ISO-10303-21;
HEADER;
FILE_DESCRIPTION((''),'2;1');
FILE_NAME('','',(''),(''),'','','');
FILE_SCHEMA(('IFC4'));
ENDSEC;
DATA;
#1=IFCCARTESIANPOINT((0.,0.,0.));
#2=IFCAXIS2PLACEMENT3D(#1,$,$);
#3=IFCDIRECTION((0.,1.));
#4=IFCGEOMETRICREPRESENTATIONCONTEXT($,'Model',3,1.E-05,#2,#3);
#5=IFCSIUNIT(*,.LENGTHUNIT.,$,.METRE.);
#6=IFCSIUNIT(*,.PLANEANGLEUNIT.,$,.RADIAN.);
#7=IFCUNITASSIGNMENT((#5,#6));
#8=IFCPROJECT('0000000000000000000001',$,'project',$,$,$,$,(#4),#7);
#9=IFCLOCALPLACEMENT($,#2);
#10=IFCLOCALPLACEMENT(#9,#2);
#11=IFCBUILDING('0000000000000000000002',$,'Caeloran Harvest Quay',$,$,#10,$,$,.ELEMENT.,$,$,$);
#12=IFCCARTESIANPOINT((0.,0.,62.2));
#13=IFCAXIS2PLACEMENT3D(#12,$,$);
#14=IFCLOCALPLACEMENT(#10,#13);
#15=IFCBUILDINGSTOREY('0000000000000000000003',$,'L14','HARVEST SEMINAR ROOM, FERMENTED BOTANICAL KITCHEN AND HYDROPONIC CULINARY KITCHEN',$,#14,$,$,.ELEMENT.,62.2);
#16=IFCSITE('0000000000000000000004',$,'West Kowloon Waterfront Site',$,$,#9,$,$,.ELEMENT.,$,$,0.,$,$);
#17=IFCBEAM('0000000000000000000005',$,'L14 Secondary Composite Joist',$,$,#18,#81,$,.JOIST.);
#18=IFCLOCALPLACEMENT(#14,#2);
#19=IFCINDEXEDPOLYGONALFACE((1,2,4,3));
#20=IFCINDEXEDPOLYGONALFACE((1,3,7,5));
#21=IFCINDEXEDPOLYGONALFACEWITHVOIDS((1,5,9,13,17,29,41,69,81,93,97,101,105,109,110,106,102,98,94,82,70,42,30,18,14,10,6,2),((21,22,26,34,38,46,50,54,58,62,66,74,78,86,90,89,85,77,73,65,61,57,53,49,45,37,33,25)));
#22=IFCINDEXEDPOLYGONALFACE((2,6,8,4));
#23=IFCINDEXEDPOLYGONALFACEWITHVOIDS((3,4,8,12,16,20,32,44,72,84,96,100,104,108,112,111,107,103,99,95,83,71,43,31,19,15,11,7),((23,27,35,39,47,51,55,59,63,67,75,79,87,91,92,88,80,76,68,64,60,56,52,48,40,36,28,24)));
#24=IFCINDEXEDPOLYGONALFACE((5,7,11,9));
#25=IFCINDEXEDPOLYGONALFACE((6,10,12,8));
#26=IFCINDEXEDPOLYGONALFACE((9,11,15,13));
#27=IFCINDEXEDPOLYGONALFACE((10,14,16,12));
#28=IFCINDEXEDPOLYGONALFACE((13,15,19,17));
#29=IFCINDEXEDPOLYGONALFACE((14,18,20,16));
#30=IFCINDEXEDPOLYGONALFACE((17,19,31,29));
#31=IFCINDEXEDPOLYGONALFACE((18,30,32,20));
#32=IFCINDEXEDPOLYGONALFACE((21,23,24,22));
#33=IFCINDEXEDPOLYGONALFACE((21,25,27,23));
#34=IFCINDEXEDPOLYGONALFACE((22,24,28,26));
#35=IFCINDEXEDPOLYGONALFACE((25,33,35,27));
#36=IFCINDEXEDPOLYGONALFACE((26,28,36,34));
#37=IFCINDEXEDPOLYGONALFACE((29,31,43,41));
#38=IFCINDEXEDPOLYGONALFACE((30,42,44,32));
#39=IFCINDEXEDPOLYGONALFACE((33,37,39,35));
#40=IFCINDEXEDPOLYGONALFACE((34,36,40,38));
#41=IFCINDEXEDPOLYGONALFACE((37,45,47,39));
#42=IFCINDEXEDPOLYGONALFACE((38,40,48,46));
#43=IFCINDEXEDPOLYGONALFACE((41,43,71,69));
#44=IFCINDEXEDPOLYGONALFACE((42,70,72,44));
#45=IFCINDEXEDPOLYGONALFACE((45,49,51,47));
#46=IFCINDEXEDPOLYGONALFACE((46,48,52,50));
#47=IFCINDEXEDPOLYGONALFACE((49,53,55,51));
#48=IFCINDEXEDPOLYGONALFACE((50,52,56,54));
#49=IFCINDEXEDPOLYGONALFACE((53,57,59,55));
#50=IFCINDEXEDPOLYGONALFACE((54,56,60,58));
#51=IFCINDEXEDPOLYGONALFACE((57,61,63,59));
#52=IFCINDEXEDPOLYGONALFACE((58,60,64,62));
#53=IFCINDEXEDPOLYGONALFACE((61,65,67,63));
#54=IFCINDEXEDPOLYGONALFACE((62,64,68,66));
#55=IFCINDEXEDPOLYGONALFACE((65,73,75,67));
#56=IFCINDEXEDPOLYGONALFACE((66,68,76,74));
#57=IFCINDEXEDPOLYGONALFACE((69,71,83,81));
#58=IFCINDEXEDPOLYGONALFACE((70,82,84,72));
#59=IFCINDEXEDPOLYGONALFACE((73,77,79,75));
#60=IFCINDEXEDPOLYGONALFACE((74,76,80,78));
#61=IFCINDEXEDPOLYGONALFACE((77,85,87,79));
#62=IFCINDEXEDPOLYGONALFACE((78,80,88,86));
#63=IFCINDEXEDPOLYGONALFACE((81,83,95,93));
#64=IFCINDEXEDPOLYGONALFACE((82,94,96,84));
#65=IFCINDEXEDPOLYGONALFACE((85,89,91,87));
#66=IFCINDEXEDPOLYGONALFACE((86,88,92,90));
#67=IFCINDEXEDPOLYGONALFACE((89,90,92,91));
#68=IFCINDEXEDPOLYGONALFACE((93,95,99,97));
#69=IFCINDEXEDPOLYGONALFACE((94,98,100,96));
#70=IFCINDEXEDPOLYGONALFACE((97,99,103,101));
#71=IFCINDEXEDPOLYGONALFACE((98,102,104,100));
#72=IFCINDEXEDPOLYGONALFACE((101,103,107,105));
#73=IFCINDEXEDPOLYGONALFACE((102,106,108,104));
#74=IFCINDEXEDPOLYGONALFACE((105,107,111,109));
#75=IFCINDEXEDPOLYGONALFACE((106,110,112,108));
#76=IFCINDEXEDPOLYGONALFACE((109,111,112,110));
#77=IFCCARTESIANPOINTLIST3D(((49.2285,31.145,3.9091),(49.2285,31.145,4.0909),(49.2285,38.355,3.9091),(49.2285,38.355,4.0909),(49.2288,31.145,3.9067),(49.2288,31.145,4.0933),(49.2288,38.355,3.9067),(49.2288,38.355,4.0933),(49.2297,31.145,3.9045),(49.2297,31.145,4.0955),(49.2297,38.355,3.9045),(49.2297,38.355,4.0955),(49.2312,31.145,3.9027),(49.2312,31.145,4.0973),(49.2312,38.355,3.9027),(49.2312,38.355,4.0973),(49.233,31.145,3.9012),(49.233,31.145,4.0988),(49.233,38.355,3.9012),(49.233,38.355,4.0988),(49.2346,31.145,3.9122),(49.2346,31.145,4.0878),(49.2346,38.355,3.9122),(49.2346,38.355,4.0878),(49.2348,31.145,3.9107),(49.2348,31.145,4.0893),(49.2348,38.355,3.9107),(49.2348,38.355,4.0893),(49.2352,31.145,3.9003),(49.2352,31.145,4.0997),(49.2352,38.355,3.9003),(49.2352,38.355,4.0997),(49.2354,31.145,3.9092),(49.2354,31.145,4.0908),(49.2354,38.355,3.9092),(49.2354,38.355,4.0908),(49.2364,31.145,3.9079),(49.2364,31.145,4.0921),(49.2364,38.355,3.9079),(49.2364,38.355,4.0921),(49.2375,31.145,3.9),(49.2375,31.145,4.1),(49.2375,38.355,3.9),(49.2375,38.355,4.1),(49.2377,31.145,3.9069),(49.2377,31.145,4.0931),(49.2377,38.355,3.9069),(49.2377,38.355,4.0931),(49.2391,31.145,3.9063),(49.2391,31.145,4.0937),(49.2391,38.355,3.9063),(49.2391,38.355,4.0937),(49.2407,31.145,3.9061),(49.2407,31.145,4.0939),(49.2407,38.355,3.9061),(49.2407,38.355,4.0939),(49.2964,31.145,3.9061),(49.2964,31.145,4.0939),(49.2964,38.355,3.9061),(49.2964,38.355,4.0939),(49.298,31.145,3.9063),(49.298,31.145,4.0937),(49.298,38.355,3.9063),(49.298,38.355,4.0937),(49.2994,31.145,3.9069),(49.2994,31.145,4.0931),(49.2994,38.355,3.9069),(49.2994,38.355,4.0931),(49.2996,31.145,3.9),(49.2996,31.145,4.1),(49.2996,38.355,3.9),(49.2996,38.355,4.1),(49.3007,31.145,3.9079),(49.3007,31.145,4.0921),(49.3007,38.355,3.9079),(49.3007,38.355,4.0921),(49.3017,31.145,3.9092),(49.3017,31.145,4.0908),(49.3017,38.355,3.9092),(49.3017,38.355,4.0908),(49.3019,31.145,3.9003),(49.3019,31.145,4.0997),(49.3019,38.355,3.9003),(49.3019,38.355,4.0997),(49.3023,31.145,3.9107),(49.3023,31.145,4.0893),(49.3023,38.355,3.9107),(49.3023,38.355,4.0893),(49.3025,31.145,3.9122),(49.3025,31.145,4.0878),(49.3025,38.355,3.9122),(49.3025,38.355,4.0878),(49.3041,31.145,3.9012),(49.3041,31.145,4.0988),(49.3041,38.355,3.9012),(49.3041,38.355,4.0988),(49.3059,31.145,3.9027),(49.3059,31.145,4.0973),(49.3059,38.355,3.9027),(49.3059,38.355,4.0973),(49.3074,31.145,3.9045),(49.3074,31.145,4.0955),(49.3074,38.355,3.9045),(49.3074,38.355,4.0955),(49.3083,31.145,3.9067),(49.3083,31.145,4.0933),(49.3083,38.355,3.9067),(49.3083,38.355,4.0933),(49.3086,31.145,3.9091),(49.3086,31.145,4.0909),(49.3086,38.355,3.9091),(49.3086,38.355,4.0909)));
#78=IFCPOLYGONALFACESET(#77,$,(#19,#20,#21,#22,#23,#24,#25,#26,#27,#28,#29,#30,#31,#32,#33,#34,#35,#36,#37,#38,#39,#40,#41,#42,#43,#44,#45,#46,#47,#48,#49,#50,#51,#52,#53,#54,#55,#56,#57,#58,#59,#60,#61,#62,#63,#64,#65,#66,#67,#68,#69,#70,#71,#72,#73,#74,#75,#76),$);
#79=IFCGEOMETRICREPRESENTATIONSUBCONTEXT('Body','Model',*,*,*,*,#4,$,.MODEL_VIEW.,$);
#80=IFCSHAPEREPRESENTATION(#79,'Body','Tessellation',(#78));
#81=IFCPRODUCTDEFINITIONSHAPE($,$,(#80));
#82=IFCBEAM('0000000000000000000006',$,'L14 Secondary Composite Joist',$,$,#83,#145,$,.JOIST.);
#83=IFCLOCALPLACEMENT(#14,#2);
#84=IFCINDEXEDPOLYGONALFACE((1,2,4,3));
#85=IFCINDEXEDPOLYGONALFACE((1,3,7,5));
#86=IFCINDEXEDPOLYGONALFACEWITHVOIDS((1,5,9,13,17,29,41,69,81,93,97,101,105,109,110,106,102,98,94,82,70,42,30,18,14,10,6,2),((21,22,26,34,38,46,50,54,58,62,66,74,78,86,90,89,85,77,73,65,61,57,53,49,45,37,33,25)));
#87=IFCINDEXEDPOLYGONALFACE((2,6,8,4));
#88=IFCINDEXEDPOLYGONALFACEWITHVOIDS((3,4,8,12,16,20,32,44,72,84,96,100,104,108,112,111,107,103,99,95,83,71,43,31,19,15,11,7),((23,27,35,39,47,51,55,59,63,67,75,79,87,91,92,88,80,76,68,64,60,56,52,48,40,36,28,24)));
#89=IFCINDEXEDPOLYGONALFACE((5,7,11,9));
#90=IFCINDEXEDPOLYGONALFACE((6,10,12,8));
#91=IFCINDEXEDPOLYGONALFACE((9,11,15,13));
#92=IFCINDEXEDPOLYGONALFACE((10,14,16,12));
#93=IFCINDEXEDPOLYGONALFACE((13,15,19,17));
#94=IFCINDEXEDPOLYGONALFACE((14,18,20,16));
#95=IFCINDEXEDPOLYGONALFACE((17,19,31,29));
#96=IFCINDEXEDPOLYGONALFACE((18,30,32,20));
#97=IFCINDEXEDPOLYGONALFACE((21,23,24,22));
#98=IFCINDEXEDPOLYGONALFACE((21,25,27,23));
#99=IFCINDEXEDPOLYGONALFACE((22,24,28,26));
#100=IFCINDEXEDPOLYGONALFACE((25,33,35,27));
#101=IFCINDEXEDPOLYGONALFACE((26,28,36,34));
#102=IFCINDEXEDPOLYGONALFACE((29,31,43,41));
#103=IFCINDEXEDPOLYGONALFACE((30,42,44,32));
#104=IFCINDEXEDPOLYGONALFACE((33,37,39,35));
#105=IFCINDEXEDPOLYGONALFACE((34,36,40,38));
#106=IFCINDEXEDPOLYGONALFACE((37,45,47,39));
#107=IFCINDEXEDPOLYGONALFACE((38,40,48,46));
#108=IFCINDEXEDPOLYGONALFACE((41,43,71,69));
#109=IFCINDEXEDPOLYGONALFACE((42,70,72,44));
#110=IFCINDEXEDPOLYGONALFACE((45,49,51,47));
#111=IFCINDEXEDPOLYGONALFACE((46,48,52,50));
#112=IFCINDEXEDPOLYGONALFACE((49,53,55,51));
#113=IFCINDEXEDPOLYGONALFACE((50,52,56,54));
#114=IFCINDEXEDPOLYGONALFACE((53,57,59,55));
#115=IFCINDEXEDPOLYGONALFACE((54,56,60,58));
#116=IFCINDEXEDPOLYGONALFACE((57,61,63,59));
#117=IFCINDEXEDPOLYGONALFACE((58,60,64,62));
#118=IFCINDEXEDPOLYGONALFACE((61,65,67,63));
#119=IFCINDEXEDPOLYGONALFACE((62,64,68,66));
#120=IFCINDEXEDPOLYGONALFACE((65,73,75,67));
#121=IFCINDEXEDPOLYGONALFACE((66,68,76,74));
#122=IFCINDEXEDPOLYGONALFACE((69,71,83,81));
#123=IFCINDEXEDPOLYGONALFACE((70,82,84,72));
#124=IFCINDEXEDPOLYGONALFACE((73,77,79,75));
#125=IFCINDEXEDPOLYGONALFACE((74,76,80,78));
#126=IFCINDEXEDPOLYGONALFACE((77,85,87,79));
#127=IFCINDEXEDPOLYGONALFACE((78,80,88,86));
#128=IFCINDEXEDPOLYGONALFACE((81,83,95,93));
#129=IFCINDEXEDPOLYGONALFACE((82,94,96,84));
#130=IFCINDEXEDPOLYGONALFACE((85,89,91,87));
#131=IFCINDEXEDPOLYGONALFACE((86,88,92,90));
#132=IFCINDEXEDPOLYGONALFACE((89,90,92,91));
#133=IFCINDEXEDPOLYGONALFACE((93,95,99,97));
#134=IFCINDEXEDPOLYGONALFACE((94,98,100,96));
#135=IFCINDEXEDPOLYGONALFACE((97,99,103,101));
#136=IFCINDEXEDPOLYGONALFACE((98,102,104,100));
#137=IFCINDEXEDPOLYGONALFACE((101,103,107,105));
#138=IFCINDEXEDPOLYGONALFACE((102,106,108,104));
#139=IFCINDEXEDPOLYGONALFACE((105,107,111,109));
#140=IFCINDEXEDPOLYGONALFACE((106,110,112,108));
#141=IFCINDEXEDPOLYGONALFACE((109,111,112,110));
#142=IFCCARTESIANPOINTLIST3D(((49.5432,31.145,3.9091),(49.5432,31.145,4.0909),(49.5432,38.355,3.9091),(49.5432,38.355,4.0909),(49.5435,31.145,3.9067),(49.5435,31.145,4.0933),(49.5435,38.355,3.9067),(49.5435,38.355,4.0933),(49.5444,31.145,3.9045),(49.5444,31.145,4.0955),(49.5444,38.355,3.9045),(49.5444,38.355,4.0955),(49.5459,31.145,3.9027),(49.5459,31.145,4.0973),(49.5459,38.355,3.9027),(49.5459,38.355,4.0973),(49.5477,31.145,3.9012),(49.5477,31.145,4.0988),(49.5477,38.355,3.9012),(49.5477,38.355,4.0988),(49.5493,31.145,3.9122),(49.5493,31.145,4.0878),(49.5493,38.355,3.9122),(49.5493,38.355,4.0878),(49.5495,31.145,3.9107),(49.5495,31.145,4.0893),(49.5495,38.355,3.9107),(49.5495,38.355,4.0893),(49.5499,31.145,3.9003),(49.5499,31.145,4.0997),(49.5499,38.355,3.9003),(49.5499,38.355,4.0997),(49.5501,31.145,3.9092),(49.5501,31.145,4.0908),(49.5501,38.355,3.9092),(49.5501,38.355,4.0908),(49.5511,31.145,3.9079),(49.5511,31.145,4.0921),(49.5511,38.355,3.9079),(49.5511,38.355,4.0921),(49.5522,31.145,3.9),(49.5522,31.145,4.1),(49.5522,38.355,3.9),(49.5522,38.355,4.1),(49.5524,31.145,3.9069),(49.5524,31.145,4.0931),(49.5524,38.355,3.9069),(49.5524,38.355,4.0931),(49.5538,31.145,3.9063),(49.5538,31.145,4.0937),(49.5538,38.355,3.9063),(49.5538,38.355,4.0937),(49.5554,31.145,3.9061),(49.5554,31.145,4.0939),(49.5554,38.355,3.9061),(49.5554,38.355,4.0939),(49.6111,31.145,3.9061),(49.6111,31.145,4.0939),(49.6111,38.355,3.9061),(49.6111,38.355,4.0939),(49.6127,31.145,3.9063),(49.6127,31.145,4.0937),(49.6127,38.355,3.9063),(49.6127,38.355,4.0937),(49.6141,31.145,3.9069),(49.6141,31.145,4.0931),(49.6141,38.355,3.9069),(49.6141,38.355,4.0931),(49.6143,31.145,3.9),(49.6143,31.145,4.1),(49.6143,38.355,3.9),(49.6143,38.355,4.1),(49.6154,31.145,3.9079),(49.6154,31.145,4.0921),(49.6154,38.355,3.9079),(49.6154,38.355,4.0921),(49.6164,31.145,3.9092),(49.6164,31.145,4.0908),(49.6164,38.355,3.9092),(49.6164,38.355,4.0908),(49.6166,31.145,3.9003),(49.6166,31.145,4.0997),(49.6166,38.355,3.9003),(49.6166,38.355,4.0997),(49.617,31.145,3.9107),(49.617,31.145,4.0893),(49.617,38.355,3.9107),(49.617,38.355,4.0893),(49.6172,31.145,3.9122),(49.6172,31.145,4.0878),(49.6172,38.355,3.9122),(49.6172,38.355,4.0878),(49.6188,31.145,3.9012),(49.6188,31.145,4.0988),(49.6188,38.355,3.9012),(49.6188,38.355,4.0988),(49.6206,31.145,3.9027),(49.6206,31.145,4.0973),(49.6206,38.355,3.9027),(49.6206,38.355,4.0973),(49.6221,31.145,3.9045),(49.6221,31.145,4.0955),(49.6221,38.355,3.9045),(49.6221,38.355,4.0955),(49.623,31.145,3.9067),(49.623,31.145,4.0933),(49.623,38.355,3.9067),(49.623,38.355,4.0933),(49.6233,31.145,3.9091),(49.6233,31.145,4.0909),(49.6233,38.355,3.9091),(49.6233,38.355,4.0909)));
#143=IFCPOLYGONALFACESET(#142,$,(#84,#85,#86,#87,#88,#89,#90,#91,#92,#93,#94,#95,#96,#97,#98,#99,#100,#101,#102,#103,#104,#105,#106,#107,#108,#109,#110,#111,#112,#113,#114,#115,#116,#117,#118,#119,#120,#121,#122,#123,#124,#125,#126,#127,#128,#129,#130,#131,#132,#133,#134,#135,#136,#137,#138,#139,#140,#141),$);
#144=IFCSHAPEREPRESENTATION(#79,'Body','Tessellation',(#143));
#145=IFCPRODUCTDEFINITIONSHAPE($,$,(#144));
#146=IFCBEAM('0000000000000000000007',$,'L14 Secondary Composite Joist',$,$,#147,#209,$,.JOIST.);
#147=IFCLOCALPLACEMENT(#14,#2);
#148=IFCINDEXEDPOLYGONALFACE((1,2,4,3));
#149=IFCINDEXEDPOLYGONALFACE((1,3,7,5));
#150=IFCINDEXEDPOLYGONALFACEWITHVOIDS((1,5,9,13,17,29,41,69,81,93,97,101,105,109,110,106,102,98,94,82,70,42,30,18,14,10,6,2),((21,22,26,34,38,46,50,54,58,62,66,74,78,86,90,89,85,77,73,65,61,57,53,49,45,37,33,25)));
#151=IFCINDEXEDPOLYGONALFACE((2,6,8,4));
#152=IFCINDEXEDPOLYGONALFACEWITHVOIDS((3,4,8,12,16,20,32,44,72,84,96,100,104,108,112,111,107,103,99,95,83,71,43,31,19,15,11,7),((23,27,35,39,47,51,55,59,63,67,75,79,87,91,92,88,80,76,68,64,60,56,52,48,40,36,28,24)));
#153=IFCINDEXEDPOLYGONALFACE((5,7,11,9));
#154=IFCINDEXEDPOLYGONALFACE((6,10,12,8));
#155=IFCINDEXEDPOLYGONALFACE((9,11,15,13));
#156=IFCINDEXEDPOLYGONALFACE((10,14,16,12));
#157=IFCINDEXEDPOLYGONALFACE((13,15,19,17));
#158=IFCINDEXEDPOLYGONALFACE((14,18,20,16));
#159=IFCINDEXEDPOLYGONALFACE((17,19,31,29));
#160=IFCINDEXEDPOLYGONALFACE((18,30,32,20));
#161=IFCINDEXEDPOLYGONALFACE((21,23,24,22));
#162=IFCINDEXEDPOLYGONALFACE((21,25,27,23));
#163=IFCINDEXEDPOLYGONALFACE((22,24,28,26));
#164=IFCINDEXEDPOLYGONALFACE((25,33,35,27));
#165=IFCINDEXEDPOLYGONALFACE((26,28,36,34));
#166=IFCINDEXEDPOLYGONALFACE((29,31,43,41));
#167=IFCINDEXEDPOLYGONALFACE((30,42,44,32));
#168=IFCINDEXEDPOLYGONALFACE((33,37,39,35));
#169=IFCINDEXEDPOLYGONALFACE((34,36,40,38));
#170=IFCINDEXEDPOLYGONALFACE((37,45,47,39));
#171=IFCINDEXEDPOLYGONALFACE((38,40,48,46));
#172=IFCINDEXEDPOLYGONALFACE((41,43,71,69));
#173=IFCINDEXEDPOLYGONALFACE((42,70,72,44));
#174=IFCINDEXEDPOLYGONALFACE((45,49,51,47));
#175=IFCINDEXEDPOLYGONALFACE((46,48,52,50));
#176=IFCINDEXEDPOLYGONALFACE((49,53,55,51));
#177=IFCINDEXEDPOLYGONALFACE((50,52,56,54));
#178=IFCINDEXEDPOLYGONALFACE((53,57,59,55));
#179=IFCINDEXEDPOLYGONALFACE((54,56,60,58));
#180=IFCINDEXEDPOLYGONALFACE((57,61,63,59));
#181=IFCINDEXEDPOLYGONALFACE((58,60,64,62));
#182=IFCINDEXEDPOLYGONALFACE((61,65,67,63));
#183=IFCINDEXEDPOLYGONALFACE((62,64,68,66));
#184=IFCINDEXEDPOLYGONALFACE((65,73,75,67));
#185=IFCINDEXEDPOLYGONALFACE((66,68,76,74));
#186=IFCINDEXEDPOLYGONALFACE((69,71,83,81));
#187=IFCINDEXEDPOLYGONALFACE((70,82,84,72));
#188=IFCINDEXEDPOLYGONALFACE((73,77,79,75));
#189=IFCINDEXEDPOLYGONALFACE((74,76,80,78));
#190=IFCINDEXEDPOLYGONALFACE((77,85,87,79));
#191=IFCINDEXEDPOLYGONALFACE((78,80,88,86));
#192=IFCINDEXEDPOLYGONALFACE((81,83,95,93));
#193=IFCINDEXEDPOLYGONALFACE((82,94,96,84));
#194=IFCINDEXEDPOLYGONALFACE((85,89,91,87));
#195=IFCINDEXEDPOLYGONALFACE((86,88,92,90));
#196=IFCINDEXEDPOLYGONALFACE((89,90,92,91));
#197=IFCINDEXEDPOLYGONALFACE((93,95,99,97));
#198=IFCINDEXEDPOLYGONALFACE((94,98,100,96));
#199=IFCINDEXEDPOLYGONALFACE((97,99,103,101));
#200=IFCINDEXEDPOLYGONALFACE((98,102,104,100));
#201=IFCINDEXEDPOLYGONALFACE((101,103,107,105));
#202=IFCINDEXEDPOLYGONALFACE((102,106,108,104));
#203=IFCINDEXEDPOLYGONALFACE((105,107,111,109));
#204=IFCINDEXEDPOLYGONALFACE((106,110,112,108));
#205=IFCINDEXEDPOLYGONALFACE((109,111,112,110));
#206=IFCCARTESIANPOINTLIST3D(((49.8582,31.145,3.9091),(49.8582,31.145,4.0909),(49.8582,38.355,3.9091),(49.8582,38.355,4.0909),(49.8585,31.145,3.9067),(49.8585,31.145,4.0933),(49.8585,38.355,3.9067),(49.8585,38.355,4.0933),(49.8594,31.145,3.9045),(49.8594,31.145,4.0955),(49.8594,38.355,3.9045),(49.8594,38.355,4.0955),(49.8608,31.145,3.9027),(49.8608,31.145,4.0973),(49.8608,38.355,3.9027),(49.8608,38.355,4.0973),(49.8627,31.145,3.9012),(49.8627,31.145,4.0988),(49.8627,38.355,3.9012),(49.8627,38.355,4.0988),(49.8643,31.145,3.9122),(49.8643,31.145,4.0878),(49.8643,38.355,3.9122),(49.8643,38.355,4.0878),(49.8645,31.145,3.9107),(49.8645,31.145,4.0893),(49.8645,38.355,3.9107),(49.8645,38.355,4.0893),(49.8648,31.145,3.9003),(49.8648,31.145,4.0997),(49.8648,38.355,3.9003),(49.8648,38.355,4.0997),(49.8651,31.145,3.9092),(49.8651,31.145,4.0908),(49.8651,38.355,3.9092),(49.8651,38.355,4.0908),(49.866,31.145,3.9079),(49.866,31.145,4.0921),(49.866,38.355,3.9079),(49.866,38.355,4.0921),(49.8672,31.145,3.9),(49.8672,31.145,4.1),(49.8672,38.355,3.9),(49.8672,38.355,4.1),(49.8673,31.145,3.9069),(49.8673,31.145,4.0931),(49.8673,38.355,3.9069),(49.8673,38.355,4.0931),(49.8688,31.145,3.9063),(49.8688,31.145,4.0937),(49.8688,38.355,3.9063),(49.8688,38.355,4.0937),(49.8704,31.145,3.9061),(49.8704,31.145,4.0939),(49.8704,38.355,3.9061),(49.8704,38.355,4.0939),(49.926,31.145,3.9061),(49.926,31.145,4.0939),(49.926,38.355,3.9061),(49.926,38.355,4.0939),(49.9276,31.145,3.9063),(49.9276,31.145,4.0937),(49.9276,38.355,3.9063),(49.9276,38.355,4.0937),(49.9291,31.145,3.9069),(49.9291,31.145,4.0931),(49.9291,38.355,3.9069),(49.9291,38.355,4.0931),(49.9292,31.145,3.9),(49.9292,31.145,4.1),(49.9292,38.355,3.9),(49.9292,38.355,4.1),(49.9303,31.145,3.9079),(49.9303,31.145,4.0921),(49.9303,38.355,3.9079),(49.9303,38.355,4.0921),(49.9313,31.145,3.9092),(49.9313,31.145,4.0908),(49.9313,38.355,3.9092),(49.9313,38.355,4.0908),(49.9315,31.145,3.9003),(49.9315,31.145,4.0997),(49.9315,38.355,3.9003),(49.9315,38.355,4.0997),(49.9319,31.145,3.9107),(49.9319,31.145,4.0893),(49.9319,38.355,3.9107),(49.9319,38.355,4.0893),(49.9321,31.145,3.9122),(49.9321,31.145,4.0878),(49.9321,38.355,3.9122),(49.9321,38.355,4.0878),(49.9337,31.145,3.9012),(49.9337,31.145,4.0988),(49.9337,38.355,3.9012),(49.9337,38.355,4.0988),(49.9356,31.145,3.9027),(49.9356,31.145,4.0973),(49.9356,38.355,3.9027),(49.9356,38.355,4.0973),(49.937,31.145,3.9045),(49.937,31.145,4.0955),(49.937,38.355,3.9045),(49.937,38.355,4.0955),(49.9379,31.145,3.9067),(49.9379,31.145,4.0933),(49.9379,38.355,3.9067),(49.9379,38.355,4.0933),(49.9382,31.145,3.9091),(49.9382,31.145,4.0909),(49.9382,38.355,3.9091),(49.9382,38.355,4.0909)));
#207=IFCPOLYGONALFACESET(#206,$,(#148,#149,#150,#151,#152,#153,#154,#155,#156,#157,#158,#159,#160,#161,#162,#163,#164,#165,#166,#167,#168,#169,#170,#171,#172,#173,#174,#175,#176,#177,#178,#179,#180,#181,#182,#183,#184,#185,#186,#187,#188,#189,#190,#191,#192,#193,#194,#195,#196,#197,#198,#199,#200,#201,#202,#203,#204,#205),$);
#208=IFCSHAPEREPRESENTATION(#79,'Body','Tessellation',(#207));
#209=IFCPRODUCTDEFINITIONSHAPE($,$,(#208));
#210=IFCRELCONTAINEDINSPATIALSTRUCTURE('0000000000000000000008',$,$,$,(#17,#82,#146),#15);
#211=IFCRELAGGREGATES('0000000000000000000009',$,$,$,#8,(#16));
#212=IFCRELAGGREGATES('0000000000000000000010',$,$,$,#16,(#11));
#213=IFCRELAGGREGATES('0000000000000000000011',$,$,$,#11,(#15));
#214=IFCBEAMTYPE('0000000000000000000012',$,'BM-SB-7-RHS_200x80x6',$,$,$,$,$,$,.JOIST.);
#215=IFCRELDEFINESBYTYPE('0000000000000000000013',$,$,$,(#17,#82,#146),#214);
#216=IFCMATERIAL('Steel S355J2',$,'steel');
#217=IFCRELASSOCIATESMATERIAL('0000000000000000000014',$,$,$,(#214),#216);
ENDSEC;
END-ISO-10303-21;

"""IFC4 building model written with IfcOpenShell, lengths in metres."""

from ifc_helpers import new_model, si_unit, direction, frame, origin, origin_2d, place, context, subcontext, project, spatial, hollow_rectangle, extrude, material, material_profile, profile_set, type_object, element, save


model = new_model("IFC4")

# Units and contexts
model_context = context("Model", 3, precision=1e-05, world=origin(), true_north=direction((0.0, 1.0)))
body_context = subcontext(model_context, "Body", "Model", "MODEL_VIEW")
ifc_project = project(units=[si_unit("LENGTHUNIT", "METRE"), si_unit("PLANEANGLEUNIT", "RADIAN")], contexts=[model_context])

# Site, building, storey
site_placement = place(None, origin())
site = spatial("IfcSite", under=ifc_project, at=site_placement, Name="West Kowloon Waterfront Site", CompositionType="ELEMENT", RefElevation=0.0)
building_placement = place(site_placement, origin())
building = spatial("IfcBuilding", under=site, at=building_placement, Name="Caeloran Harvest Quay", CompositionType="ELEMENT")
storey_placement = place(building_placement, frame((0.0, 0.0, 62.2)))
storey = spatial("IfcBuildingStorey", under=building, at=storey_placement, Name="L14", Description="HARVEST SEMINAR ROOM, FERMENTED BOTANICAL KITCHEN AND HYDROPONIC CULINARY KITCHEN", CompositionType="ELEMENT", Elevation=62.2)

# Beams
ifc_material_1 = material(Name="Steel S355J2", Category="steel")
ifc_material_profile_1 = material_profile(ifc_material_1, hollow_rectangle(XDim=0.0801, YDim=0.2, WallThickness=0.0061, InnerFilletRadius=0.0061, OuterFilletRadius=0.009, at=origin_2d()), Name="RHS 200x80x6")
ifc_profile_set_1 = profile_set([ifc_material_profile_1], Name="Steel S355J2")
beam_type_1 = type_object("IfcBeamType", Name="BM-SB-7-RHS_200x80x6", PredefinedType="JOIST", material=ifc_profile_set_1)
for number, where, z_axis, x_axis, name in (
    (1, (49.2686, 31.145, 4.0), (0.0, 1.0, 0.0), (-1.0, 0.0, 0.0), "L14 Secondary Composite Joist"),
    (2, (49.5833, 31.145, 4.0), (0.0, 1.0, 0.0), (-1.0, 0.0, 0.0), "L14 Secondary Composite Joist"),
    (3, (49.8982, 31.145, 4.0), (0.0, 1.0, 0.0), (-1.0, 0.0, 0.0), "L14 Secondary Composite Joist"),
):
    element("IfcBeam", number, at=place(storey_placement, frame(where, z_axis=z_axis, x_axis=x_axis)), inside=storey, type_object=beam_type_1, Name=name, PredefinedType="JOIST", context=body_context, shape_type="SweptSolid", body=[
        extrude(hollow_rectangle(XDim=0.0801, YDim=0.2, WallThickness=0.0061, InnerFilletRadius=0.0061, OuterFilletRadius=0.009, at=origin_2d()), origin(), (0.0, 0.0, 1.0), 7.21),
    ])

save(model, "model.ifc")
